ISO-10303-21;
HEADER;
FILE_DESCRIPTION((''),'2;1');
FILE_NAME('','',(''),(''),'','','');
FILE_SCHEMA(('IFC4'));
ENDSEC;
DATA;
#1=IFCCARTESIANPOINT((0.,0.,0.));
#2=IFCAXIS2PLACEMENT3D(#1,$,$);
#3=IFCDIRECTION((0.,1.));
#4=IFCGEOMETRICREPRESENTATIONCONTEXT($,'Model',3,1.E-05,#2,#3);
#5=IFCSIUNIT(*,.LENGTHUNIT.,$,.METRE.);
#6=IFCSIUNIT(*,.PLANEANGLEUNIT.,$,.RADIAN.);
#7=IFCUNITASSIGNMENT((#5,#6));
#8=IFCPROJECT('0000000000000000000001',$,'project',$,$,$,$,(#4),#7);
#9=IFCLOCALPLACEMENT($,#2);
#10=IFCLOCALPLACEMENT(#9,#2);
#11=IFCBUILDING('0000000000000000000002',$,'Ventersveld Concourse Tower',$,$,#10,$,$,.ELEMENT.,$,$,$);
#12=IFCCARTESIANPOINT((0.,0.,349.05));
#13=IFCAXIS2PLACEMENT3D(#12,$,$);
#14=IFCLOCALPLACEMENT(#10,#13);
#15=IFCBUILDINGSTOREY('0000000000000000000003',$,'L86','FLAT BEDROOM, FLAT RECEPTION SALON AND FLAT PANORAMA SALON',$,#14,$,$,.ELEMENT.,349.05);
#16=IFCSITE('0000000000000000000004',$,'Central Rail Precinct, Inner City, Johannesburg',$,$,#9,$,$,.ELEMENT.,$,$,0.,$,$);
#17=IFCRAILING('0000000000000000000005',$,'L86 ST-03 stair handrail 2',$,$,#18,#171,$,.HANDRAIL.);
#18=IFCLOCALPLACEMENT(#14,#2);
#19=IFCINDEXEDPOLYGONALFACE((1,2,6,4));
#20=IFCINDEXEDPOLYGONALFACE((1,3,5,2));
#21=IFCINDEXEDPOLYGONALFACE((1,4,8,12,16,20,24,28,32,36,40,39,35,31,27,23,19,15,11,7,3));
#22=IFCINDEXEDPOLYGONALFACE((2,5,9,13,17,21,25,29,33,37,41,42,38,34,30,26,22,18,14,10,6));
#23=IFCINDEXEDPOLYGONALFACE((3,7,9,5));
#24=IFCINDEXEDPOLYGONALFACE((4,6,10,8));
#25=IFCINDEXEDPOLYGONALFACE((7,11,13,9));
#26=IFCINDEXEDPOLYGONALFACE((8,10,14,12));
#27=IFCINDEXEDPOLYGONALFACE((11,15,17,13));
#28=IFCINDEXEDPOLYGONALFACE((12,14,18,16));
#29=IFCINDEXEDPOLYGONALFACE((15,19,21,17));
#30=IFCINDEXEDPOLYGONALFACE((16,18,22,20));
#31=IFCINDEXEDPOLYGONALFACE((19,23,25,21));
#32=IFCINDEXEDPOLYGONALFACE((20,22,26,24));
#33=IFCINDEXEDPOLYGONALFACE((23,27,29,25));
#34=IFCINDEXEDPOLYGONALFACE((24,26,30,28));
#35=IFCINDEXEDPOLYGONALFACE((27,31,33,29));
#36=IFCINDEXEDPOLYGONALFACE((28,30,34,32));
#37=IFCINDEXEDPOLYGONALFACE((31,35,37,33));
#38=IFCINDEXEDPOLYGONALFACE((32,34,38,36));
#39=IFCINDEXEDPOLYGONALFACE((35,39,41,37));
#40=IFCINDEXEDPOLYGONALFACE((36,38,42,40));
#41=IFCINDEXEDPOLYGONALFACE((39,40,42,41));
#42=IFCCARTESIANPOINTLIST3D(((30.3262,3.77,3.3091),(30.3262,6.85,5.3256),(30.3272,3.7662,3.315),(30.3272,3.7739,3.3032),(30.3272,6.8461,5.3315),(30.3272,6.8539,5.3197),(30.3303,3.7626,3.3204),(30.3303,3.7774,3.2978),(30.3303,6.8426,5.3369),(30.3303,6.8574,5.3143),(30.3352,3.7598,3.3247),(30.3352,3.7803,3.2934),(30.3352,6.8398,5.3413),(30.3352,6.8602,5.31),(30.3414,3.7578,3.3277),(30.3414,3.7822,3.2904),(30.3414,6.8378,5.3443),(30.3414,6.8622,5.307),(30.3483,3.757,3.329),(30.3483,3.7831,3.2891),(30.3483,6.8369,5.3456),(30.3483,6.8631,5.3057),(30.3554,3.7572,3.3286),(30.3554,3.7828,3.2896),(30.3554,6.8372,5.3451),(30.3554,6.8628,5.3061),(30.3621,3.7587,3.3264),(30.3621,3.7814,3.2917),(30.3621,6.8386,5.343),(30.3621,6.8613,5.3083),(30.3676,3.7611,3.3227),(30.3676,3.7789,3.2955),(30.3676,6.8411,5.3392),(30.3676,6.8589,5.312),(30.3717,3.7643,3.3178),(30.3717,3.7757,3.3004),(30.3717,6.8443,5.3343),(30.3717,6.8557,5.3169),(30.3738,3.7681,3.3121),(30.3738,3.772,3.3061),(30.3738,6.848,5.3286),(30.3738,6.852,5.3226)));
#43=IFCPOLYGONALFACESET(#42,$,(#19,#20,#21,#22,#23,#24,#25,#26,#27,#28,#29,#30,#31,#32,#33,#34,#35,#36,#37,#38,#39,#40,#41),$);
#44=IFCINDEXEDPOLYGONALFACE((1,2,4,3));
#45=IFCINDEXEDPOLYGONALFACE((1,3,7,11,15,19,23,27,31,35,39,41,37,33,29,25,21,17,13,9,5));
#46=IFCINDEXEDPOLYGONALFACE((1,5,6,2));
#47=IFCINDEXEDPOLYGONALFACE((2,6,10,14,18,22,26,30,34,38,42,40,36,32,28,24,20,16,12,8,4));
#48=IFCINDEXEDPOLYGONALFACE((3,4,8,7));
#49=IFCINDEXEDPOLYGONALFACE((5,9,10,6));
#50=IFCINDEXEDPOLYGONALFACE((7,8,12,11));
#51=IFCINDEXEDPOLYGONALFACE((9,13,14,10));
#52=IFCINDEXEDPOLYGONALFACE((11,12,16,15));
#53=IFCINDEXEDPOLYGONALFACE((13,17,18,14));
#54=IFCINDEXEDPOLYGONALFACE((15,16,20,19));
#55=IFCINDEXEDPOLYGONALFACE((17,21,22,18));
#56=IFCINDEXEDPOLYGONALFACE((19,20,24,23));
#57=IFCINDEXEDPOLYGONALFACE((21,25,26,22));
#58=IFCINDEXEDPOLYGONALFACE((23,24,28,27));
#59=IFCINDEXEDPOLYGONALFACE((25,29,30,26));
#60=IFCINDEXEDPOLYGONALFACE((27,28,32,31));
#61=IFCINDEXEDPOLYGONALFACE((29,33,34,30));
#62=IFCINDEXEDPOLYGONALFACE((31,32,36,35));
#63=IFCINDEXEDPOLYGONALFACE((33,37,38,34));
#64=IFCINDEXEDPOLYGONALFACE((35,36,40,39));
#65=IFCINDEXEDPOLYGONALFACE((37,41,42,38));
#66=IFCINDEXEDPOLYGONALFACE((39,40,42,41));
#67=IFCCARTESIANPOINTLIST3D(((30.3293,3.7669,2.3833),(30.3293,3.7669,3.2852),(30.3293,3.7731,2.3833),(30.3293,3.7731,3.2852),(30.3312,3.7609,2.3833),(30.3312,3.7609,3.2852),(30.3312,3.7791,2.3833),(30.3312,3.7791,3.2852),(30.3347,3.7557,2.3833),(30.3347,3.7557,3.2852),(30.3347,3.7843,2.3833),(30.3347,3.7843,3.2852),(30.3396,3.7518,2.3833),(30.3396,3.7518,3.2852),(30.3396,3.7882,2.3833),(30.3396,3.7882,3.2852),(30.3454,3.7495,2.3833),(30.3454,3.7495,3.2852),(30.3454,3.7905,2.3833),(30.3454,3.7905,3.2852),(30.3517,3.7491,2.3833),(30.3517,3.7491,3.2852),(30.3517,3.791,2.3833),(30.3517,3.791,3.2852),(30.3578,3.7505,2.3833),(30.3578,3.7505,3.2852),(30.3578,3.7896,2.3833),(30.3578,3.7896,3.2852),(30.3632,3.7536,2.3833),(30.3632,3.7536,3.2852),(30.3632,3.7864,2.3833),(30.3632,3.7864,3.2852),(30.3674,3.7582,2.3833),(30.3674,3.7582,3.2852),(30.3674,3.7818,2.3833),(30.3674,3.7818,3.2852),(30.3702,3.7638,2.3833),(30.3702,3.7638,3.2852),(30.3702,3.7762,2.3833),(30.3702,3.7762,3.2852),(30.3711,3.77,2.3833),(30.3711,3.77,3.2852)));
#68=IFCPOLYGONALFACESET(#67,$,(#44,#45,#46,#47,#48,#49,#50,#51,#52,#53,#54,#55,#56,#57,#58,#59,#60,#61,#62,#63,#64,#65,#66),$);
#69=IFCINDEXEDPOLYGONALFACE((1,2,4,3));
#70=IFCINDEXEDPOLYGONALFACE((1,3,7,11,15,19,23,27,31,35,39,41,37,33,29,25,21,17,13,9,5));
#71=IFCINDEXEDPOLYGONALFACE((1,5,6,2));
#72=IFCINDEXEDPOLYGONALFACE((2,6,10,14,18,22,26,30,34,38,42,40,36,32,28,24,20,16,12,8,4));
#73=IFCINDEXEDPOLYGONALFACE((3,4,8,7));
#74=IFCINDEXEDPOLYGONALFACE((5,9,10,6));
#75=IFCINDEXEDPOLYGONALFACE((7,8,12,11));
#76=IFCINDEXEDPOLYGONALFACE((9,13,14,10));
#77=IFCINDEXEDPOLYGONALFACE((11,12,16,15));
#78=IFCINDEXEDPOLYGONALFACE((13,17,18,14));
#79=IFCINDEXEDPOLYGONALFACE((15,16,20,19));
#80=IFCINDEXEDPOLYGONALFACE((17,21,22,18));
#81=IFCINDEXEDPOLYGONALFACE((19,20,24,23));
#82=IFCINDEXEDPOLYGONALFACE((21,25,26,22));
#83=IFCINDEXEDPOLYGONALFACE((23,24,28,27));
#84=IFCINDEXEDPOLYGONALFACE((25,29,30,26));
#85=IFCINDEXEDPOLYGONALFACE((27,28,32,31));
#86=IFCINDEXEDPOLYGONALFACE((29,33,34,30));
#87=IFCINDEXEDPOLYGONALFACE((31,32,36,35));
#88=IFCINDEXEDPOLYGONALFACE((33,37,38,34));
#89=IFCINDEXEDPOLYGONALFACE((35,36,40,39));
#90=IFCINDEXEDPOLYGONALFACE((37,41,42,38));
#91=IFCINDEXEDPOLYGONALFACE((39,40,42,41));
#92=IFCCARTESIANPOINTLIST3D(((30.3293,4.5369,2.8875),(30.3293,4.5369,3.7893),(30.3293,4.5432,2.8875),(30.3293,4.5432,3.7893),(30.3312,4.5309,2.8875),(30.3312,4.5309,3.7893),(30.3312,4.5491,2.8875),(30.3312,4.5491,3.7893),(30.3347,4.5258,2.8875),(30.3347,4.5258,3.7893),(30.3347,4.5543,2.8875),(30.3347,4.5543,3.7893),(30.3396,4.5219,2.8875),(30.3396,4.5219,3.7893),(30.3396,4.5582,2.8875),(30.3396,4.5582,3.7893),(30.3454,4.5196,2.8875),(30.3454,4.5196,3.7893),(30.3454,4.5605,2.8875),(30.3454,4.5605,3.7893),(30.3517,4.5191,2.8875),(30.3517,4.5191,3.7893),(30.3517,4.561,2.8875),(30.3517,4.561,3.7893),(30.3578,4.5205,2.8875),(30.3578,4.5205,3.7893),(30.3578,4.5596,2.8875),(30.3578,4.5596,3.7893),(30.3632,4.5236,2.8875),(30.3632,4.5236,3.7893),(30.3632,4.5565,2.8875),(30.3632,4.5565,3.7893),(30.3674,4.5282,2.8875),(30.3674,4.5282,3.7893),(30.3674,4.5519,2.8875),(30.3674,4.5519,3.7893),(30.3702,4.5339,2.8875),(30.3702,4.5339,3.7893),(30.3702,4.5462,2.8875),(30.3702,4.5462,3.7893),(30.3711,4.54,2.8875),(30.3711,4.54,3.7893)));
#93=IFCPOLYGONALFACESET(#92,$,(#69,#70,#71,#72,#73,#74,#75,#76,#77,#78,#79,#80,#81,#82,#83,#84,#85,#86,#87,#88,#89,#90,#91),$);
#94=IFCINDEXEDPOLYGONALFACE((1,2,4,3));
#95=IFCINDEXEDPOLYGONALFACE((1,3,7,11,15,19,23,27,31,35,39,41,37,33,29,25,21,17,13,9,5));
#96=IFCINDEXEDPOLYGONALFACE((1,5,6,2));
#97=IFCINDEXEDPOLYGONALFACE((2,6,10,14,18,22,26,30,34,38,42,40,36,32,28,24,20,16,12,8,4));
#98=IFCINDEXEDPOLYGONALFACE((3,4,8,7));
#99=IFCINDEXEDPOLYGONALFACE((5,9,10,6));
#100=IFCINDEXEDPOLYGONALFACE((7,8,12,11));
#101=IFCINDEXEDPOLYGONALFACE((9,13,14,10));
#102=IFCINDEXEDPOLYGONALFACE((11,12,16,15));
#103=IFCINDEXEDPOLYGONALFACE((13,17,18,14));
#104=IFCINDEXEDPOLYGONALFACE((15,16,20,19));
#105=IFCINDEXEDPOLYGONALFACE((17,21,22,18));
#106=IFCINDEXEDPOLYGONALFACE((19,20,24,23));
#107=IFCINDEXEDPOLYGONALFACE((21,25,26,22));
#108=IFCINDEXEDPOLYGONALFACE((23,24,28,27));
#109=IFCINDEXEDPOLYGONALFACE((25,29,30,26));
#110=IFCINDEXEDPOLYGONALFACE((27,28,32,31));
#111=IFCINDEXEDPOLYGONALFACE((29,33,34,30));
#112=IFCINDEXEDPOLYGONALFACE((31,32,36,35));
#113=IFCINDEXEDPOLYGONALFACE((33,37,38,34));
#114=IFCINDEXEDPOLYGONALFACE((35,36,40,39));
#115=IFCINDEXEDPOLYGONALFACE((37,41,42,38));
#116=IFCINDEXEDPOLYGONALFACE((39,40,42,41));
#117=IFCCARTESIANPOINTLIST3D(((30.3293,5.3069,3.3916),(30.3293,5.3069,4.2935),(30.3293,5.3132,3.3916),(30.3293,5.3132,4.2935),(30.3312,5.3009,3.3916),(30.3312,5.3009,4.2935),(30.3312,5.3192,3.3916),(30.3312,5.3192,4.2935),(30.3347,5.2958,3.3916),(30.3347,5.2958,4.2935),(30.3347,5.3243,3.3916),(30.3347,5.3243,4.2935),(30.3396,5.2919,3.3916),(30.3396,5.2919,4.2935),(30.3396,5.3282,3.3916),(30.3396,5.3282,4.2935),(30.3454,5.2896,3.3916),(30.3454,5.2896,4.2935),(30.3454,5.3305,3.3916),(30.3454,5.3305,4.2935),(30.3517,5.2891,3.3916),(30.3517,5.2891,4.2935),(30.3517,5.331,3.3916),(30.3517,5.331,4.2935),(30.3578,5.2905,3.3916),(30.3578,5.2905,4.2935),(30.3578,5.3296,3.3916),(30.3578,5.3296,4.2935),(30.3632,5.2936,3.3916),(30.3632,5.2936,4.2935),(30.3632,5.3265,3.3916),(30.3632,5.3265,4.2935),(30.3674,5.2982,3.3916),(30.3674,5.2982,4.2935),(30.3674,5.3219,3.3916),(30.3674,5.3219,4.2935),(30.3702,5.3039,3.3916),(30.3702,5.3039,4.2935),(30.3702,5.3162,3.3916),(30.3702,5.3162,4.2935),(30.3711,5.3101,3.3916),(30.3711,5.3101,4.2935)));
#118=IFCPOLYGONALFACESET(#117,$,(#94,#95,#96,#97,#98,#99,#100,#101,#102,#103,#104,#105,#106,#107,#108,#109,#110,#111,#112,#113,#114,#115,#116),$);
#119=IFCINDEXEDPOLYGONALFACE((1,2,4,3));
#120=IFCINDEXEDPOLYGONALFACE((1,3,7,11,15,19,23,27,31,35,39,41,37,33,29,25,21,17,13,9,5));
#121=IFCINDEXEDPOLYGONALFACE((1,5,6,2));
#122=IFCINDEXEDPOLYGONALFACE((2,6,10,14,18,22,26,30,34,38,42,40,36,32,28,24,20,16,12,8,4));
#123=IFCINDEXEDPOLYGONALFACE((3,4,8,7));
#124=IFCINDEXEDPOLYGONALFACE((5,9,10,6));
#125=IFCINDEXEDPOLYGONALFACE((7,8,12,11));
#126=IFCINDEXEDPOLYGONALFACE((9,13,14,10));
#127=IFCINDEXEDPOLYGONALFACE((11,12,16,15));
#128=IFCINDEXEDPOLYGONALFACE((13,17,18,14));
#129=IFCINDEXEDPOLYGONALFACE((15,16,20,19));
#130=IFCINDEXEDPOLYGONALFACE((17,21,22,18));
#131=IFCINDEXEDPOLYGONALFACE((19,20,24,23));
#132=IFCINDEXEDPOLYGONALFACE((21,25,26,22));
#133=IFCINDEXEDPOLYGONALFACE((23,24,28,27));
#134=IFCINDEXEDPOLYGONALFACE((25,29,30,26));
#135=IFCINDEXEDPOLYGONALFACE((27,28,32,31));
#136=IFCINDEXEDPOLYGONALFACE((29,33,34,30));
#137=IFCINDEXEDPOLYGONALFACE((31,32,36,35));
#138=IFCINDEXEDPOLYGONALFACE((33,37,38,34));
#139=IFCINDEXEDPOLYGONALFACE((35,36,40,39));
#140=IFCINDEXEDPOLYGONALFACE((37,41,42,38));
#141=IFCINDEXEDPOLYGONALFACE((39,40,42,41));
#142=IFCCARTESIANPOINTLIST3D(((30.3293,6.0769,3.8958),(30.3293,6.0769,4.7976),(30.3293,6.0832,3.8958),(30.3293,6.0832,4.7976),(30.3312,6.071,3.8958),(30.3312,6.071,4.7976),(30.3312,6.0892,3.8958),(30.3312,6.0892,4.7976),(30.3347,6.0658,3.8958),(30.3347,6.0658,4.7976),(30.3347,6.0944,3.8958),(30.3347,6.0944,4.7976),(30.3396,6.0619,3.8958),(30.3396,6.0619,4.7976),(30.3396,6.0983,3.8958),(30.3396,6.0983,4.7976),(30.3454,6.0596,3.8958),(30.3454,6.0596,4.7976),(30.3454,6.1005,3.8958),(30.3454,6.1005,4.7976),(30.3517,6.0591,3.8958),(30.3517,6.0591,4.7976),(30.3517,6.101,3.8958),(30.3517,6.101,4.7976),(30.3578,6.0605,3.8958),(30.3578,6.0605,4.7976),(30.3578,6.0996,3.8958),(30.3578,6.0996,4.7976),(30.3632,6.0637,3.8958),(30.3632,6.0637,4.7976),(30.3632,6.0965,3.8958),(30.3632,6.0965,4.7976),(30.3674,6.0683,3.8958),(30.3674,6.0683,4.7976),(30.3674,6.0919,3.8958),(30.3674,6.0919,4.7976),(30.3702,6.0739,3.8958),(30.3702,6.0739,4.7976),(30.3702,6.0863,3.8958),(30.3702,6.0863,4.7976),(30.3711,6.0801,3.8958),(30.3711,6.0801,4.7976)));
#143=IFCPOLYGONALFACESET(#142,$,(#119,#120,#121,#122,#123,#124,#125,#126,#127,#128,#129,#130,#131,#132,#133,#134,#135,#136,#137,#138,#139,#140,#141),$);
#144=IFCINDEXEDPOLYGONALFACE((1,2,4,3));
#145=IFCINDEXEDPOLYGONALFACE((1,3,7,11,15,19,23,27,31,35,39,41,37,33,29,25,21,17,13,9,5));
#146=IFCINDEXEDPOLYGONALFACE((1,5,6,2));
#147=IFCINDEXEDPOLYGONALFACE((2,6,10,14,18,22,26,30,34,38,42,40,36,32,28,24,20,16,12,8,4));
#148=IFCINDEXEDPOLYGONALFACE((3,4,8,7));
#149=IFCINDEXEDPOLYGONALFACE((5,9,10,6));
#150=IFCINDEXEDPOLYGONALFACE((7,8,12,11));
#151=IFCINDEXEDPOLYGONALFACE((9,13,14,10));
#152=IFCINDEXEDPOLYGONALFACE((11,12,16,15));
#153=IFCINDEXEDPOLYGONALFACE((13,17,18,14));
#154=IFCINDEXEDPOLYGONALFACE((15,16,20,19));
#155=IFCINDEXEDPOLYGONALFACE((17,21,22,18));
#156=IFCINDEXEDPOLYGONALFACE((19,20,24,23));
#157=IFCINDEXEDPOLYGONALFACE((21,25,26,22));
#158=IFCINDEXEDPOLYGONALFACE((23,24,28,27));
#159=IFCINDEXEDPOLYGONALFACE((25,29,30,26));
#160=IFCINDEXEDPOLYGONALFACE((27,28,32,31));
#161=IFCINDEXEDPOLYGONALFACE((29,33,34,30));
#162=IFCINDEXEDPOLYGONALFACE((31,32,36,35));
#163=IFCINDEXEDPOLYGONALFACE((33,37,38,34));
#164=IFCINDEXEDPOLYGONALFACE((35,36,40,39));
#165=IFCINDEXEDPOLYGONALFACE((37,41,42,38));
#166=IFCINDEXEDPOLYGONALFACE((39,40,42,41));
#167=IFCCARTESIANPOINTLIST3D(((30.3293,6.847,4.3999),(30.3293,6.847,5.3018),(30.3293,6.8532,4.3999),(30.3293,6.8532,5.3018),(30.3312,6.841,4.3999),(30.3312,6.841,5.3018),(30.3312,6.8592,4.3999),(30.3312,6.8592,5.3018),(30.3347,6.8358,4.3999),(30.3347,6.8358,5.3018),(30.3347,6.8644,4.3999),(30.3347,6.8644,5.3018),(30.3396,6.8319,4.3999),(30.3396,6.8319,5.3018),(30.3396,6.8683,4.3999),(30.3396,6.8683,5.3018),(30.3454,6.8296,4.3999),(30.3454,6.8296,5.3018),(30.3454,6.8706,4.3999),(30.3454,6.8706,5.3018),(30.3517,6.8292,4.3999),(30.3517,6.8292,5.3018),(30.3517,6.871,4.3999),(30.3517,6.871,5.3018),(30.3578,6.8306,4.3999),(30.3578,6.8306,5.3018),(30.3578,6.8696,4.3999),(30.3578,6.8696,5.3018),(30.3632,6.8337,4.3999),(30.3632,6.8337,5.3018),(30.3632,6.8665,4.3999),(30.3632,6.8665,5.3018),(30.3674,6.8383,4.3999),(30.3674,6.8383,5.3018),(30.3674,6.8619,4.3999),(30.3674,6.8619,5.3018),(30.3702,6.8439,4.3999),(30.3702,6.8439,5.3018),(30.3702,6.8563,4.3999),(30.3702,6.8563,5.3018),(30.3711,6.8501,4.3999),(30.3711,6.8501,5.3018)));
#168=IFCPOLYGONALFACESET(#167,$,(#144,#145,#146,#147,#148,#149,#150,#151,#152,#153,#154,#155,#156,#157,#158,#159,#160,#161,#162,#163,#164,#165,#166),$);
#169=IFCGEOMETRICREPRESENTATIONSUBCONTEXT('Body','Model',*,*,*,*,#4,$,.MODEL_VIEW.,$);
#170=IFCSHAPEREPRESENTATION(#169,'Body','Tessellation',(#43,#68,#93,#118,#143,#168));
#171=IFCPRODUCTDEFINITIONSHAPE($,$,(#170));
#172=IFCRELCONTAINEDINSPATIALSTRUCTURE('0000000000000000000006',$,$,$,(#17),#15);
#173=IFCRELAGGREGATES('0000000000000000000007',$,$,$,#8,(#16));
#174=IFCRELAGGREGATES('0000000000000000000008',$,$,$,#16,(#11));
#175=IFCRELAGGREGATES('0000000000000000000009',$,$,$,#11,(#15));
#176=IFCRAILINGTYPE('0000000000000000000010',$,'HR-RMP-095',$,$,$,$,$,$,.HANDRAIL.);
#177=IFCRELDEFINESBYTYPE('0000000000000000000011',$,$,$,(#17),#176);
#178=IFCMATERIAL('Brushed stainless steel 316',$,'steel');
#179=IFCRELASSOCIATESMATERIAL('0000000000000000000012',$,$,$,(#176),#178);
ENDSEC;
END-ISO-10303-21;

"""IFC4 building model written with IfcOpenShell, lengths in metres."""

from ifc_helpers import new_model, si_unit, direction, frame, origin, origin_2d, place, context, subcontext, project, spatial, circle, extrude, material, type_object, element, save


model = new_model("IFC4")

# Units and contexts
model_context = context("Model", 3, precision=1e-05, world=origin(), true_north=direction((0.0, 1.0)))
body_context = subcontext(model_context, "Body", "Model", "MODEL_VIEW")
ifc_project = project(units=[si_unit("LENGTHUNIT", "METRE"), si_unit("PLANEANGLEUNIT", "RADIAN")], contexts=[model_context])

# Site, building, storey
site_placement = place(None, origin())
site = spatial("IfcSite", under=ifc_project, at=site_placement, Name="Central Rail Precinct, Inner City, Johannesburg", CompositionType="ELEMENT", RefElevation=0.0)
building_placement = place(site_placement, origin())
building = spatial("IfcBuilding", under=site, at=building_placement, Name="Ventersveld Concourse Tower", CompositionType="ELEMENT")
storey_placement = place(building_placement, frame((0.0, 0.0, 349.05)))
storey = spatial("IfcBuildingStorey", under=building, at=storey_placement, Name="L86", Description="FLAT BEDROOM, FLAT RECEPTION SALON AND FLAT PANORAMA SALON", CompositionType="ELEMENT", Elevation=349.05)

# Shared definitions
ifc_material_1 = material(Name="Brushed stainless steel 316", Category="steel")

# Railing
railing_type_1 = type_object("IfcRailingType", Name="HR-RMP-095", PredefinedType="HANDRAIL", material=ifc_material_1)
railing_1_placement = place(storey_placement, frame((30.3501, 3.77, 2.3833)))
element("IfcRailing", 1, at=railing_1_placement, inside=storey, type_object=railing_type_1, Name="L86 ST-03 stair handrail 2", PredefinedType="HANDRAIL", context=body_context, shape_type="SweptSolid", body=[
    extrude(circle(Radius=0.0239, at=origin_2d()), frame((0.0, 0.0, 0.9258), z_axis=(0.0, 0.836633, 0.547764), x_axis=(-1.0, 0.0, 0.0)), (0.0, 0.0, 1.0), 3.6814),
    extrude(circle(Radius=0.021, at=origin_2d()), origin(), (0.0, 0.0, 1.0), 0.9019),
    extrude(circle(Radius=0.021, at=origin_2d()), frame((0.0, 0.77, 0.5042)), (0.0, 0.0, 1.0), 0.9019),
    extrude(circle(Radius=0.021, at=origin_2d()), frame((0.0, 1.54, 1.0083)), (0.0, 0.0, 1.0), 0.9019),
    extrude(circle(Radius=0.021, at=origin_2d()), frame((0.0, 2.3101, 1.5125)), (0.0, 0.0, 1.0), 0.9019),
    extrude(circle(Radius=0.021, at=origin_2d()), frame((0.0, 3.0801, 2.0166)), (0.0, 0.0, 1.0), 0.9019),
])

save(model, "model.ifc")
